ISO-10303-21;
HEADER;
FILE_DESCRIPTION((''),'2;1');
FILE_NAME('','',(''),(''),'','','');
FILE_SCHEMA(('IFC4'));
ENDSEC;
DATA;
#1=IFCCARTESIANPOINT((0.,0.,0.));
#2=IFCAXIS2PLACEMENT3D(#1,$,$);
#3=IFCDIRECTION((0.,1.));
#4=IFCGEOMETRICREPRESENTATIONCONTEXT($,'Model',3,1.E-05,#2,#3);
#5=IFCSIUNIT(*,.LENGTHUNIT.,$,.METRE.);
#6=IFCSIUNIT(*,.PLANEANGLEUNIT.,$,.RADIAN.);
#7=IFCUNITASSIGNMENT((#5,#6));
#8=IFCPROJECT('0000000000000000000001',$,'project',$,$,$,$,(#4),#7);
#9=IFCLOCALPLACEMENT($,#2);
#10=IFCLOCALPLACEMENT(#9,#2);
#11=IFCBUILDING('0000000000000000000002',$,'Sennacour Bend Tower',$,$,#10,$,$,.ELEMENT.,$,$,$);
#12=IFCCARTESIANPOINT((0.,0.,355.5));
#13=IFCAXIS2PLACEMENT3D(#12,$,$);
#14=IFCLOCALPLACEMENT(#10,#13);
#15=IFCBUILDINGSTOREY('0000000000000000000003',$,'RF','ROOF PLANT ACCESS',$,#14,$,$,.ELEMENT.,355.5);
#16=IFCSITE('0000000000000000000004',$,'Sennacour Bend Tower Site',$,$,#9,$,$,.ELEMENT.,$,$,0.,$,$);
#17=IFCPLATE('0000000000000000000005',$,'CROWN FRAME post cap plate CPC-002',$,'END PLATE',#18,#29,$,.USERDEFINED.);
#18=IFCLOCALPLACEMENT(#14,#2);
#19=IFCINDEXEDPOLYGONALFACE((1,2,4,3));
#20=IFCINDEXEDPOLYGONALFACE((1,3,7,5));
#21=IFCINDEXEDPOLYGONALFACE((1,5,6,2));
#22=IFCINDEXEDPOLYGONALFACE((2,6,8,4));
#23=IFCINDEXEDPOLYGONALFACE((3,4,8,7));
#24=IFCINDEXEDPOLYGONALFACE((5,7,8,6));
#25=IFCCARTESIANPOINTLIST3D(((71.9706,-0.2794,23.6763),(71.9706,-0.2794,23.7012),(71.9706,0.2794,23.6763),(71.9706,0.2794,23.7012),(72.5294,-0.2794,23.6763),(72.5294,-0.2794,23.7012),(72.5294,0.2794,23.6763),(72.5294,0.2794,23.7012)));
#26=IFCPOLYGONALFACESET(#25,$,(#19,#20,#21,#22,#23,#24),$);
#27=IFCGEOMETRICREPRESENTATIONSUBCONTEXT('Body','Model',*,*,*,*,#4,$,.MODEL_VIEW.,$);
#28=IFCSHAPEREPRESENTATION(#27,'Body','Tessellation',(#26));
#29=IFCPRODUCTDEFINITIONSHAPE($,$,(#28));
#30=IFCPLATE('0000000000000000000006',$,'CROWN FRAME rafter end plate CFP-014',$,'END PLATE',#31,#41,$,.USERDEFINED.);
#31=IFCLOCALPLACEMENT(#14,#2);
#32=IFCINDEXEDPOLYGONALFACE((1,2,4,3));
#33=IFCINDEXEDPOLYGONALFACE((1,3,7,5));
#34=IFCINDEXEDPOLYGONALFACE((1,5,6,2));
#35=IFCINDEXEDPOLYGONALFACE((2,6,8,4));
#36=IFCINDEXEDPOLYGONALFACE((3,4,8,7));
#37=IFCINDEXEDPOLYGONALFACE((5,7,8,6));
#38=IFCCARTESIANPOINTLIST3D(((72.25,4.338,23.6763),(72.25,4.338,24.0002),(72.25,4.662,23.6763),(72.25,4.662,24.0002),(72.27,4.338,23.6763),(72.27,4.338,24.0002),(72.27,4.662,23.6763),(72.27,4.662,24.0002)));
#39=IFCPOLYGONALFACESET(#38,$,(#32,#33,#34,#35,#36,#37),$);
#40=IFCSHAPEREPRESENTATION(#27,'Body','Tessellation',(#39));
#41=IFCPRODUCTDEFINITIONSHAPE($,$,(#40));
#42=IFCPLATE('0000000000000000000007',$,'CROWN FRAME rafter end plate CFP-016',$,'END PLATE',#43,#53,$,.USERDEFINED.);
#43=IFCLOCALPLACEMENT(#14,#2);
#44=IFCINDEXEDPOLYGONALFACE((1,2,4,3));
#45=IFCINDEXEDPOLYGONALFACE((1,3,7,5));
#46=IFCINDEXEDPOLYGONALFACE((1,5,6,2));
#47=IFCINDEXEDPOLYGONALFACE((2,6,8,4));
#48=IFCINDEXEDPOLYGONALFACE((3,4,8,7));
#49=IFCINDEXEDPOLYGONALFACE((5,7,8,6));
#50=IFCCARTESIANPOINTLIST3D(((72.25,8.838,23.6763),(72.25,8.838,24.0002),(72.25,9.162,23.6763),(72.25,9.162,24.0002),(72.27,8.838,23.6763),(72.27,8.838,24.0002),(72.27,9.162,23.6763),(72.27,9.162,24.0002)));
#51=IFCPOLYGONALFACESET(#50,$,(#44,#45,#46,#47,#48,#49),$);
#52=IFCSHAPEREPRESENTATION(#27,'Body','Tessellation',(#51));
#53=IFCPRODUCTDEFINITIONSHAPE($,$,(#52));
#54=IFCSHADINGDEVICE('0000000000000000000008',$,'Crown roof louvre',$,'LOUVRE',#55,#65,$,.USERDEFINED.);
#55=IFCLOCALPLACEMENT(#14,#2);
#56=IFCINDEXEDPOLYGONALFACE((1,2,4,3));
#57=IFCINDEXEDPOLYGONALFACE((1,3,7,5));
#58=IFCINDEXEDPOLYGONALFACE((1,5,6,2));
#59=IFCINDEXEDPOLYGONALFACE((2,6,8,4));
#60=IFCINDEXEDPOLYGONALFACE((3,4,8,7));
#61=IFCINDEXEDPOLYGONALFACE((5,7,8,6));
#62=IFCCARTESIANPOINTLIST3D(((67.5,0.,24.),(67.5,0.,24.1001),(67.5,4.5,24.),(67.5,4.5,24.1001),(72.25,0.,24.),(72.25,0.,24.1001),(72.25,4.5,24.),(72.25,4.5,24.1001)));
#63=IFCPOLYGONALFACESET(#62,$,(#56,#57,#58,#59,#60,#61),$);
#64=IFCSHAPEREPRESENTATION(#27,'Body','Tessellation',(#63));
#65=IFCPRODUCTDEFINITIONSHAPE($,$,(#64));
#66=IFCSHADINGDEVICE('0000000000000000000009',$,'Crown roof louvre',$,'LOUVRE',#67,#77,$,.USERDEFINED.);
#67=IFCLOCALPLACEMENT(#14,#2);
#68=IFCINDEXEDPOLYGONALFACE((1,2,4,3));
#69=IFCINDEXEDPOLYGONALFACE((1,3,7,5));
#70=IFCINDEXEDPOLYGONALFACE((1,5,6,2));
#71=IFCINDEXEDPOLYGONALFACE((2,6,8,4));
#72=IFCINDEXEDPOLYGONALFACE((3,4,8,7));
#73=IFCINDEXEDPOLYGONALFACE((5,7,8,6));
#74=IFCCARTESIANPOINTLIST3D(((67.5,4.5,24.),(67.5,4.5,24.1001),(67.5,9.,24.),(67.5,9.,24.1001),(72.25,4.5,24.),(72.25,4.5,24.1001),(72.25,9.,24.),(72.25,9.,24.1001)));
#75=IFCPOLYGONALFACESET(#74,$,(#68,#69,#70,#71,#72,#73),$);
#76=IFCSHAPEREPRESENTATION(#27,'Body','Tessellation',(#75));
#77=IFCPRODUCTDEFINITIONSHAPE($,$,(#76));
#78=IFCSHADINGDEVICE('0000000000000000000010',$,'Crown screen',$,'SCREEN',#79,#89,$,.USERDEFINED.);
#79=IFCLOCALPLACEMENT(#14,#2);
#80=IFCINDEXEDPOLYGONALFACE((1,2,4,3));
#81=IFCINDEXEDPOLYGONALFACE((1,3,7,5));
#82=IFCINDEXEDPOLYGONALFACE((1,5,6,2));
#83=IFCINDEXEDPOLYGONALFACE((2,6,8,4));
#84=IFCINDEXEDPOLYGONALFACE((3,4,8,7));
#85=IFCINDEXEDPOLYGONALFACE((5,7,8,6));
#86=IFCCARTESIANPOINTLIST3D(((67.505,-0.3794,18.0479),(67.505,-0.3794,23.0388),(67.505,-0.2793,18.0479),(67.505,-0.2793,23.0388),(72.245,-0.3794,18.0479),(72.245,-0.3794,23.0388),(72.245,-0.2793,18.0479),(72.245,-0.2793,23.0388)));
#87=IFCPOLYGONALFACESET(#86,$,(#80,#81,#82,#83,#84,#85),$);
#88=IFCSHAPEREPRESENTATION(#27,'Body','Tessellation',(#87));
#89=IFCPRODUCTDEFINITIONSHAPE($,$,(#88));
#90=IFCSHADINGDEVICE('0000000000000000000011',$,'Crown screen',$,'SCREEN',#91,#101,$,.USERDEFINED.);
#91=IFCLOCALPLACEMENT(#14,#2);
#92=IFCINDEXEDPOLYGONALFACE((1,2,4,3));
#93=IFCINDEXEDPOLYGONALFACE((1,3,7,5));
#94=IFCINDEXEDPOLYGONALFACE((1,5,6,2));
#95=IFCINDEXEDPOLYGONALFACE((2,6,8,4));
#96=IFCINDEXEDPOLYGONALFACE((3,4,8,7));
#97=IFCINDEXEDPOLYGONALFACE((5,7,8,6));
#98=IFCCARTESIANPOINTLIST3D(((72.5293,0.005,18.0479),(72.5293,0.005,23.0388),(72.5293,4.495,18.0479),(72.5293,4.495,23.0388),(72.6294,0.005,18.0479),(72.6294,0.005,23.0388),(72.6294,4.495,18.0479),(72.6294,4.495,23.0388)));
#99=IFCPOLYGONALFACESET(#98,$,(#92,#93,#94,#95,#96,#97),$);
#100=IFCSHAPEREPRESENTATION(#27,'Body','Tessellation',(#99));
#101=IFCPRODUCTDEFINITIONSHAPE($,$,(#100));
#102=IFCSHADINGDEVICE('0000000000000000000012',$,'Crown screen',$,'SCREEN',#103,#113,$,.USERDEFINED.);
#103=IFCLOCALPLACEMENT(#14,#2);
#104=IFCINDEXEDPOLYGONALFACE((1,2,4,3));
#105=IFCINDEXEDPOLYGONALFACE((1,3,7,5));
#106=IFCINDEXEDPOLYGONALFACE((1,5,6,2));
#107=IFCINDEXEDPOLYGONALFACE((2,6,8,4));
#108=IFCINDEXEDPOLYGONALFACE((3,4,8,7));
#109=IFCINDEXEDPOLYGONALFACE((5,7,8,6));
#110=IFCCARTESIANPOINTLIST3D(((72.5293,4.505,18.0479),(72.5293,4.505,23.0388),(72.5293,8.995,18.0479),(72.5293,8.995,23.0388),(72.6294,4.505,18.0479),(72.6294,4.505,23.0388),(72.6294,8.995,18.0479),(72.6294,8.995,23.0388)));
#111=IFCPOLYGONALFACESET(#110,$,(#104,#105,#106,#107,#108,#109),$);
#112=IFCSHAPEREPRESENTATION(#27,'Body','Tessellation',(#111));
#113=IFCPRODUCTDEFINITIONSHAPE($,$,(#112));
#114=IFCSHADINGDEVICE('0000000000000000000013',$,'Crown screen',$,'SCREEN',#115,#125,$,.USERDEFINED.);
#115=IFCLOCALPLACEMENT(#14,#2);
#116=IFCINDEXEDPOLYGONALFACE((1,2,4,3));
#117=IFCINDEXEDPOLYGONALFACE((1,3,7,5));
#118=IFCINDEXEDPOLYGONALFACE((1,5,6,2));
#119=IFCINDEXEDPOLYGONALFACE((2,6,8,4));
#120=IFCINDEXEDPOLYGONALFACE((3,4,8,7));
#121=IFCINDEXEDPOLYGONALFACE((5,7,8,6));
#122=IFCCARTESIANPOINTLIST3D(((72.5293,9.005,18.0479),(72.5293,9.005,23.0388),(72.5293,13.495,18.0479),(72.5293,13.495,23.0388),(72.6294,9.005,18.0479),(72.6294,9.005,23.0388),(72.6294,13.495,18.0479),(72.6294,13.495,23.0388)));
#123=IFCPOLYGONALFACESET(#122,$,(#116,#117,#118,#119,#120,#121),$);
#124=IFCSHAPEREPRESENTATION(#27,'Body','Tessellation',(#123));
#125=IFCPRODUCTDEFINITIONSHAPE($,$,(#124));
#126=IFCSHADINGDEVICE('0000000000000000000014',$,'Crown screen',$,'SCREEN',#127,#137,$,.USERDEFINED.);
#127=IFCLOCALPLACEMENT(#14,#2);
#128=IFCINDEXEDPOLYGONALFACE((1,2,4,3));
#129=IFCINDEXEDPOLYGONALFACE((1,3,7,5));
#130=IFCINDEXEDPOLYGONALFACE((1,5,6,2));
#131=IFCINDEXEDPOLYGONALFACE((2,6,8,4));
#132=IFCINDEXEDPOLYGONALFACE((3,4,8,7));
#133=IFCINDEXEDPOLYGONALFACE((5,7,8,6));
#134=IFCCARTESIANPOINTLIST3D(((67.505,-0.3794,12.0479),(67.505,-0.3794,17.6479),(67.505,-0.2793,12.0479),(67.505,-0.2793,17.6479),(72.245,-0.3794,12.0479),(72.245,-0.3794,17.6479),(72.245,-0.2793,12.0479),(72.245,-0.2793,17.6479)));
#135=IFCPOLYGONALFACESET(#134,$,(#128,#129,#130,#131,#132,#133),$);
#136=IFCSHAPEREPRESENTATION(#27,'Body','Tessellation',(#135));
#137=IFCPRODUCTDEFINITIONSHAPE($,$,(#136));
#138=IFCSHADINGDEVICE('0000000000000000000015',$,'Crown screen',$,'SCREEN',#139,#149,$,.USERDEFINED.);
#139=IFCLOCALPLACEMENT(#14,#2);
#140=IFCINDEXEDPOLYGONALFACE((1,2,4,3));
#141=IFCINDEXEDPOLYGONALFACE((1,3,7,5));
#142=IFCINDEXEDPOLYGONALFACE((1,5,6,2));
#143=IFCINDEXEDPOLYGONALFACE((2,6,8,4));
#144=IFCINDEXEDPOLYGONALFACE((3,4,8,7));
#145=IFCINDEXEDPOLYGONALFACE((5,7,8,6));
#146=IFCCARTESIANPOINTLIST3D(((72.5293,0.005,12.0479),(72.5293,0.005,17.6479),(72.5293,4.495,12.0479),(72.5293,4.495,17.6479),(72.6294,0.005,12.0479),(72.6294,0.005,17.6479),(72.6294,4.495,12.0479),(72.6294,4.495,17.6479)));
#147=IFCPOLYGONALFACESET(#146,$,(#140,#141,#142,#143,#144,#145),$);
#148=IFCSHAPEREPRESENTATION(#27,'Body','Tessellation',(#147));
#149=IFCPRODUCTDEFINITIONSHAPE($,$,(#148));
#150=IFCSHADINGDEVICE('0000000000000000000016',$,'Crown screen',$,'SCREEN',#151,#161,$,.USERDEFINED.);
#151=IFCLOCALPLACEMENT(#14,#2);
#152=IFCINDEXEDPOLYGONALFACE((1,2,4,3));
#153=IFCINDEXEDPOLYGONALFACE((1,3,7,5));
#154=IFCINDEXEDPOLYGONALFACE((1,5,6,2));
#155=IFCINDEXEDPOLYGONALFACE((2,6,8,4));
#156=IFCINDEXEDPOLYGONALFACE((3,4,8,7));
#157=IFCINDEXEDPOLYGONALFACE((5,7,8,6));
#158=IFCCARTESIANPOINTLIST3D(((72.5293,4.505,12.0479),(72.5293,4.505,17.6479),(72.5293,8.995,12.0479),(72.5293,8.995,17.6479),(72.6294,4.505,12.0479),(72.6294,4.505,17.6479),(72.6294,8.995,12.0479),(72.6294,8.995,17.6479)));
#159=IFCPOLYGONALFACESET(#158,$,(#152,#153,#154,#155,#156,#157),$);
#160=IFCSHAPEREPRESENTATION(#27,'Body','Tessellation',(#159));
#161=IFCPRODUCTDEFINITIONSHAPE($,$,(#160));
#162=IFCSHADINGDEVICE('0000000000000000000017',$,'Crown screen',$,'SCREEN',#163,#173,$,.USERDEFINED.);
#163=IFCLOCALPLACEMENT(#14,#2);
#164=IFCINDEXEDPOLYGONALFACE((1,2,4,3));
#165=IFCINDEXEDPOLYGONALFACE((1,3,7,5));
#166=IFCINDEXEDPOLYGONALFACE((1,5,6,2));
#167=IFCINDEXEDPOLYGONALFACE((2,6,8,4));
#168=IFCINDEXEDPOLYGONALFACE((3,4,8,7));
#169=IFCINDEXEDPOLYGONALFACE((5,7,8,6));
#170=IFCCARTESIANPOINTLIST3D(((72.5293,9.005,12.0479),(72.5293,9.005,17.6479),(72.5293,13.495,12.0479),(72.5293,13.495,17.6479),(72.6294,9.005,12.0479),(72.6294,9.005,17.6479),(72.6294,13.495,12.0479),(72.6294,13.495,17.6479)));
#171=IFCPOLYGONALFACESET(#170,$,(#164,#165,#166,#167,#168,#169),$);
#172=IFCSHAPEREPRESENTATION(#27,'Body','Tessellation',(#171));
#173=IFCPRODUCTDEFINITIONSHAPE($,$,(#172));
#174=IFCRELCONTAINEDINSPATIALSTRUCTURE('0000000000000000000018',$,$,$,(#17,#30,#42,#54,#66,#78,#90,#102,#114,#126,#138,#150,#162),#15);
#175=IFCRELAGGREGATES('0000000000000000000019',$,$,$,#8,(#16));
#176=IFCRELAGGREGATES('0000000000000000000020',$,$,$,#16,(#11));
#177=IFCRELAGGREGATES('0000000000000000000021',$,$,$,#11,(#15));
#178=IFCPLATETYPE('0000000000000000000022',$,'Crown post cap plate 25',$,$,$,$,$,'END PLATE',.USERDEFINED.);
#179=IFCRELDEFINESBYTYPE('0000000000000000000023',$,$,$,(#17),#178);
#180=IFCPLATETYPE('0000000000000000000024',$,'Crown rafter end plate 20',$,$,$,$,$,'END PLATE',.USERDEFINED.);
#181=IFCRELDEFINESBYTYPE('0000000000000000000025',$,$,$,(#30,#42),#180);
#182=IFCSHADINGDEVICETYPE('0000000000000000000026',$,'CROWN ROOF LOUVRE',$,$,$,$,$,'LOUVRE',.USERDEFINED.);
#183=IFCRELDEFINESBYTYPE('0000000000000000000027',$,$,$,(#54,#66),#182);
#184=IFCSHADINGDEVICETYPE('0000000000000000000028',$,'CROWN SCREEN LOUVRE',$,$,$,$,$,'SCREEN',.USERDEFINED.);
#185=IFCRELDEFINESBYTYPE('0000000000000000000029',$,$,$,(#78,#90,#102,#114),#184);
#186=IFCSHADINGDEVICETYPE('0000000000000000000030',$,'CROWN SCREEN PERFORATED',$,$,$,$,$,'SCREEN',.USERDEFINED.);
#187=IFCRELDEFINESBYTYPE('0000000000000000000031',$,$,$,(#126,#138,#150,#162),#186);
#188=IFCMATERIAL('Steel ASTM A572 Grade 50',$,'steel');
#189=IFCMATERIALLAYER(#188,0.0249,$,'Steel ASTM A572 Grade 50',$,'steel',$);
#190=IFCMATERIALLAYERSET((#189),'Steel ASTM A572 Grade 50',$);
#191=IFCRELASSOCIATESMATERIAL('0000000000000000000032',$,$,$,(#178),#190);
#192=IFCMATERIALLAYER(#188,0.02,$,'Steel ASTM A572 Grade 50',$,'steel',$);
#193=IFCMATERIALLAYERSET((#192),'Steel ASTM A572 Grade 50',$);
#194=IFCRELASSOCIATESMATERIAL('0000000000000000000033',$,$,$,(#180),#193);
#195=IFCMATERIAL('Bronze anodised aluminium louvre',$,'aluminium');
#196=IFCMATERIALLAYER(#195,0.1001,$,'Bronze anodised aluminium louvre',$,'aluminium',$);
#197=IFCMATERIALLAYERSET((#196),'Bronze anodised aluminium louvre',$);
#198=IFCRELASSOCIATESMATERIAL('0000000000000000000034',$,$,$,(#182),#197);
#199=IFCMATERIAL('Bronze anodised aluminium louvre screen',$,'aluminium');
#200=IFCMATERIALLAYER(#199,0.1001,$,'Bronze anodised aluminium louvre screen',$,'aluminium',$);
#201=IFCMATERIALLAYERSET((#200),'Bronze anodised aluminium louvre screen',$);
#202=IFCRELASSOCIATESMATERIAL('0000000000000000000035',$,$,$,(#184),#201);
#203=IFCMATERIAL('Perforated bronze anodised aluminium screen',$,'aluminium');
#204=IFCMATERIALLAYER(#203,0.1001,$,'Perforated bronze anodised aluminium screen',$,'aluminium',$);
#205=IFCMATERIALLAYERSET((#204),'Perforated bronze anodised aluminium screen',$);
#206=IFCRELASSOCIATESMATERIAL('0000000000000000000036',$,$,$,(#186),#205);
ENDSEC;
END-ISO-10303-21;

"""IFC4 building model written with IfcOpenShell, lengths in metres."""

from ifc_helpers import new_model, si_unit, direction, frame, origin, origin_2d, place, context, subcontext, project, spatial, rectangle, extrude, material, layer, layer_set, type_object, element, save


model = new_model("IFC4")

# Units and contexts
model_context = context("Model", 3, precision=1e-05, world=origin(), true_north=direction((0.0, 1.0)))
body_context = subcontext(model_context, "Body", "Model", "MODEL_VIEW")
ifc_project = project(units=[si_unit("LENGTHUNIT", "METRE"), si_unit("PLANEANGLEUNIT", "RADIAN")], contexts=[model_context])

# Site, building, storey
site_placement = place(None, origin())
site = spatial("IfcSite", under=ifc_project, at=site_placement, Name="Sennacour Bend Tower Site", CompositionType="ELEMENT", RefElevation=0.0)
building_placement = place(site_placement, origin())
building = spatial("IfcBuilding", under=site, at=building_placement, Name="Sennacour Bend Tower", CompositionType="ELEMENT")
storey_placement = place(building_placement, frame((0.0, 0.0, 355.5)))
storey = spatial("IfcBuildingStorey", under=building, at=storey_placement, Name="RF", Description="ROOF PLANT ACCESS", CompositionType="ELEMENT", Elevation=355.5)

# Plates
ifc_material_1 = material(Name="Steel ASTM A572 Grade 50", Category="steel")
ifc_layer_1 = layer(ifc_material_1, 0.0249, Name="Steel ASTM A572 Grade 50", Category="steel")
ifc_layer_set_1 = layer_set([ifc_layer_1], Name="Steel ASTM A572 Grade 50")
plate_type_1 = type_object("IfcPlateType", Name="Crown post cap plate 25", ElementType="END PLATE", PredefinedType="USERDEFINED", material=ifc_layer_set_1)
plate_placement = place(storey_placement, frame((72.25, 0.0, 23.6763), z_axis=(0.0, 0.0, 1.0), x_axis=(1.0, 0.0, 0.0)))
element("IfcPlate", 1, at=plate_placement, inside=storey, type_object=plate_type_1, Name="CROWN FRAME post cap plate CPC-002", ObjectType="END PLATE", PredefinedType="USERDEFINED", context=body_context, shape_type="SweptSolid", body=[
    extrude(rectangle(XDim=0.5588, YDim=0.5588, at=origin_2d()), origin(), (0.0, 0.0, 1.0), 0.0249),
])
ifc_layer_2 = layer(ifc_material_1, 0.02, Name="Steel ASTM A572 Grade 50", Category="steel")
ifc_layer_set_2 = layer_set([ifc_layer_2], Name="Steel ASTM A572 Grade 50")
plate_type_2 = type_object("IfcPlateType", Name="Crown rafter end plate 20", ElementType="END PLATE", PredefinedType="USERDEFINED", material=ifc_layer_set_2)
for number, where, z_axis, x_axis, name in (
    (2, (72.26, 4.5, 23.6763), (0.0, 0.0, 1.0), (1.0, 0.0, 0.0), "CROWN FRAME rafter end plate CFP-014"),
    (3, (72.26, 9.0, 23.6763), (0.0, 0.0, 1.0), (1.0, 0.0, 0.0), "CROWN FRAME rafter end plate CFP-016"),
):
    element("IfcPlate", number, at=place(storey_placement, frame(where, z_axis=z_axis, x_axis=x_axis)), inside=storey, type_object=plate_type_2, Name=name, ObjectType="END PLATE", PredefinedType="USERDEFINED", context=body_context, shape_type="SweptSolid", body=[
        extrude(rectangle(XDim=0.02, YDim=0.324, at=origin_2d()), origin(), (0.0, 0.0, 1.0), 0.324),
    ])

# Shading devices
ifc_material_2 = material(Name="Bronze anodised aluminium louvre", Category="aluminium")
ifc_layer_3 = layer(ifc_material_2, 0.1001, Name="Bronze anodised aluminium louvre", Category="aluminium")
ifc_layer_set_3 = layer_set([ifc_layer_3], Name="Bronze anodised aluminium louvre")
shading_device_type_1 = type_object("IfcShadingDeviceType", Name="CROWN ROOF LOUVRE", ElementType="LOUVRE", PredefinedType="USERDEFINED", material=ifc_layer_set_3)
for number, where, z_axis, x_axis, name in (
    (4, (69.875, 2.25, 24.0), (0.0, 0.0, 1.0), (1.0, 0.0, 0.0), "Crown roof louvre"),
    (5, (69.875, 6.75, 24.0), (0.0, 0.0, 1.0), (1.0, 0.0, 0.0), "Crown roof louvre"),
):
    element("IfcShadingDevice", number, at=place(storey_placement, frame(where, z_axis=z_axis, x_axis=x_axis)), inside=storey, type_object=shading_device_type_1, Name=name, ObjectType="LOUVRE", PredefinedType="USERDEFINED", context=body_context, shape_type="SweptSolid", body=[
        extrude(rectangle(XDim=4.75, YDim=4.5, at=origin_2d()), origin(), (0.0, 0.0, 1.0), 0.1001),
    ])
ifc_material_3 = material(Name="Bronze anodised aluminium louvre screen", Category="aluminium")
ifc_layer_4 = layer(ifc_material_3, 0.1001, Name="Bronze anodised aluminium louvre screen", Category="aluminium")
ifc_layer_set_4 = layer_set([ifc_layer_4], Name="Bronze anodised aluminium louvre screen")
shading_device_type_2 = type_object("IfcShadingDeviceType", Name="CROWN SCREEN LOUVRE", ElementType="SCREEN", PredefinedType="USERDEFINED", material=ifc_layer_set_4)
shading_device_1_placement = place(storey_placement, frame((69.875, -0.3293, 18.0479), z_axis=(0.0, 0.0, 1.0), x_axis=(1.0, 0.0, 0.0)))
element("IfcShadingDevice", 6, at=shading_device_1_placement, inside=storey, type_object=shading_device_type_2, Name="Crown screen", ObjectType="SCREEN", PredefinedType="USERDEFINED", context=body_context, shape_type="SweptSolid", body=[
    extrude(rectangle(XDim=4.74, YDim=0.1001, at=origin_2d()), origin(), (0.0, 0.0, 1.0), 4.991),
])
for number, where, z_axis, x_axis, name in (
    (7, (72.5793, 2.25, 18.0479), (0.0, 0.0, 1.0), (0.0, 1.0, 0.0), "Crown screen"),
    (8, (72.5793, 6.75, 18.0479), (0.0, 0.0, 1.0), (0.0, 1.0, 0.0), "Crown screen"),
    (9, (72.5793, 11.25, 18.0479), (0.0, 0.0, 1.0), (0.0, 1.0, 0.0), "Crown screen"),
):
    element("IfcShadingDevice", number, at=place(storey_placement, frame(where, z_axis=z_axis, x_axis=x_axis)), inside=storey, type_object=shading_device_type_2, Name=name, ObjectType="SCREEN", PredefinedType="USERDEFINED", context=body_context, shape_type="SweptSolid", body=[
        extrude(rectangle(XDim=4.49, YDim=0.1001, at=origin_2d()), origin(), (0.0, 0.0, 1.0), 4.991),
    ])
ifc_material_4 = material(Name="Perforated bronze anodised aluminium screen", Category="aluminium")
ifc_layer_5 = layer(ifc_material_4, 0.1001, Name="Perforated bronze anodised aluminium screen", Category="aluminium")
ifc_layer_set_5 = layer_set([ifc_layer_5], Name="Perforated bronze anodised aluminium screen")
shading_device_type_3 = type_object("IfcShadingDeviceType", Name="CROWN SCREEN PERFORATED", ElementType="SCREEN", PredefinedType="USERDEFINED", material=ifc_layer_set_5)
shading_device_2_placement = place(storey_placement, frame((69.875, -0.3293, 12.0479), z_axis=(0.0, 0.0, 1.0), x_axis=(1.0, 0.0, 0.0)))
element("IfcShadingDevice", 10, at=shading_device_2_placement, inside=storey, type_object=shading_device_type_3, Name="Crown screen", ObjectType="SCREEN", PredefinedType="USERDEFINED", context=body_context, shape_type="SweptSolid", body=[
    extrude(rectangle(XDim=4.74, YDim=0.1001, at=origin_2d()), origin(), (0.0, 0.0, 1.0), 5.6001),
])
for number, where, z_axis, x_axis, name in (
    (11, (72.5793, 2.25, 12.0479), (0.0, 0.0, 1.0), (0.0, 1.0, 0.0), "Crown screen"),
    (12, (72.5793, 6.75, 12.0479), (0.0, 0.0, 1.0), (0.0, 1.0, 0.0), "Crown screen"),
    (13, (72.5793, 11.25, 12.0479), (0.0, 0.0, 1.0), (0.0, 1.0, 0.0), "Crown screen"),
):
    element("IfcShadingDevice", number, at=place(storey_placement, frame(where, z_axis=z_axis, x_axis=x_axis)), inside=storey, type_object=shading_device_type_3, Name=name, ObjectType="SCREEN", PredefinedType="USERDEFINED", context=body_context, shape_type="SweptSolid", body=[
        extrude(rectangle(XDim=4.49, YDim=0.1001, at=origin_2d()), origin(), (0.0, 0.0, 1.0), 5.6001),
    ])

save(model, "model.ifc")
